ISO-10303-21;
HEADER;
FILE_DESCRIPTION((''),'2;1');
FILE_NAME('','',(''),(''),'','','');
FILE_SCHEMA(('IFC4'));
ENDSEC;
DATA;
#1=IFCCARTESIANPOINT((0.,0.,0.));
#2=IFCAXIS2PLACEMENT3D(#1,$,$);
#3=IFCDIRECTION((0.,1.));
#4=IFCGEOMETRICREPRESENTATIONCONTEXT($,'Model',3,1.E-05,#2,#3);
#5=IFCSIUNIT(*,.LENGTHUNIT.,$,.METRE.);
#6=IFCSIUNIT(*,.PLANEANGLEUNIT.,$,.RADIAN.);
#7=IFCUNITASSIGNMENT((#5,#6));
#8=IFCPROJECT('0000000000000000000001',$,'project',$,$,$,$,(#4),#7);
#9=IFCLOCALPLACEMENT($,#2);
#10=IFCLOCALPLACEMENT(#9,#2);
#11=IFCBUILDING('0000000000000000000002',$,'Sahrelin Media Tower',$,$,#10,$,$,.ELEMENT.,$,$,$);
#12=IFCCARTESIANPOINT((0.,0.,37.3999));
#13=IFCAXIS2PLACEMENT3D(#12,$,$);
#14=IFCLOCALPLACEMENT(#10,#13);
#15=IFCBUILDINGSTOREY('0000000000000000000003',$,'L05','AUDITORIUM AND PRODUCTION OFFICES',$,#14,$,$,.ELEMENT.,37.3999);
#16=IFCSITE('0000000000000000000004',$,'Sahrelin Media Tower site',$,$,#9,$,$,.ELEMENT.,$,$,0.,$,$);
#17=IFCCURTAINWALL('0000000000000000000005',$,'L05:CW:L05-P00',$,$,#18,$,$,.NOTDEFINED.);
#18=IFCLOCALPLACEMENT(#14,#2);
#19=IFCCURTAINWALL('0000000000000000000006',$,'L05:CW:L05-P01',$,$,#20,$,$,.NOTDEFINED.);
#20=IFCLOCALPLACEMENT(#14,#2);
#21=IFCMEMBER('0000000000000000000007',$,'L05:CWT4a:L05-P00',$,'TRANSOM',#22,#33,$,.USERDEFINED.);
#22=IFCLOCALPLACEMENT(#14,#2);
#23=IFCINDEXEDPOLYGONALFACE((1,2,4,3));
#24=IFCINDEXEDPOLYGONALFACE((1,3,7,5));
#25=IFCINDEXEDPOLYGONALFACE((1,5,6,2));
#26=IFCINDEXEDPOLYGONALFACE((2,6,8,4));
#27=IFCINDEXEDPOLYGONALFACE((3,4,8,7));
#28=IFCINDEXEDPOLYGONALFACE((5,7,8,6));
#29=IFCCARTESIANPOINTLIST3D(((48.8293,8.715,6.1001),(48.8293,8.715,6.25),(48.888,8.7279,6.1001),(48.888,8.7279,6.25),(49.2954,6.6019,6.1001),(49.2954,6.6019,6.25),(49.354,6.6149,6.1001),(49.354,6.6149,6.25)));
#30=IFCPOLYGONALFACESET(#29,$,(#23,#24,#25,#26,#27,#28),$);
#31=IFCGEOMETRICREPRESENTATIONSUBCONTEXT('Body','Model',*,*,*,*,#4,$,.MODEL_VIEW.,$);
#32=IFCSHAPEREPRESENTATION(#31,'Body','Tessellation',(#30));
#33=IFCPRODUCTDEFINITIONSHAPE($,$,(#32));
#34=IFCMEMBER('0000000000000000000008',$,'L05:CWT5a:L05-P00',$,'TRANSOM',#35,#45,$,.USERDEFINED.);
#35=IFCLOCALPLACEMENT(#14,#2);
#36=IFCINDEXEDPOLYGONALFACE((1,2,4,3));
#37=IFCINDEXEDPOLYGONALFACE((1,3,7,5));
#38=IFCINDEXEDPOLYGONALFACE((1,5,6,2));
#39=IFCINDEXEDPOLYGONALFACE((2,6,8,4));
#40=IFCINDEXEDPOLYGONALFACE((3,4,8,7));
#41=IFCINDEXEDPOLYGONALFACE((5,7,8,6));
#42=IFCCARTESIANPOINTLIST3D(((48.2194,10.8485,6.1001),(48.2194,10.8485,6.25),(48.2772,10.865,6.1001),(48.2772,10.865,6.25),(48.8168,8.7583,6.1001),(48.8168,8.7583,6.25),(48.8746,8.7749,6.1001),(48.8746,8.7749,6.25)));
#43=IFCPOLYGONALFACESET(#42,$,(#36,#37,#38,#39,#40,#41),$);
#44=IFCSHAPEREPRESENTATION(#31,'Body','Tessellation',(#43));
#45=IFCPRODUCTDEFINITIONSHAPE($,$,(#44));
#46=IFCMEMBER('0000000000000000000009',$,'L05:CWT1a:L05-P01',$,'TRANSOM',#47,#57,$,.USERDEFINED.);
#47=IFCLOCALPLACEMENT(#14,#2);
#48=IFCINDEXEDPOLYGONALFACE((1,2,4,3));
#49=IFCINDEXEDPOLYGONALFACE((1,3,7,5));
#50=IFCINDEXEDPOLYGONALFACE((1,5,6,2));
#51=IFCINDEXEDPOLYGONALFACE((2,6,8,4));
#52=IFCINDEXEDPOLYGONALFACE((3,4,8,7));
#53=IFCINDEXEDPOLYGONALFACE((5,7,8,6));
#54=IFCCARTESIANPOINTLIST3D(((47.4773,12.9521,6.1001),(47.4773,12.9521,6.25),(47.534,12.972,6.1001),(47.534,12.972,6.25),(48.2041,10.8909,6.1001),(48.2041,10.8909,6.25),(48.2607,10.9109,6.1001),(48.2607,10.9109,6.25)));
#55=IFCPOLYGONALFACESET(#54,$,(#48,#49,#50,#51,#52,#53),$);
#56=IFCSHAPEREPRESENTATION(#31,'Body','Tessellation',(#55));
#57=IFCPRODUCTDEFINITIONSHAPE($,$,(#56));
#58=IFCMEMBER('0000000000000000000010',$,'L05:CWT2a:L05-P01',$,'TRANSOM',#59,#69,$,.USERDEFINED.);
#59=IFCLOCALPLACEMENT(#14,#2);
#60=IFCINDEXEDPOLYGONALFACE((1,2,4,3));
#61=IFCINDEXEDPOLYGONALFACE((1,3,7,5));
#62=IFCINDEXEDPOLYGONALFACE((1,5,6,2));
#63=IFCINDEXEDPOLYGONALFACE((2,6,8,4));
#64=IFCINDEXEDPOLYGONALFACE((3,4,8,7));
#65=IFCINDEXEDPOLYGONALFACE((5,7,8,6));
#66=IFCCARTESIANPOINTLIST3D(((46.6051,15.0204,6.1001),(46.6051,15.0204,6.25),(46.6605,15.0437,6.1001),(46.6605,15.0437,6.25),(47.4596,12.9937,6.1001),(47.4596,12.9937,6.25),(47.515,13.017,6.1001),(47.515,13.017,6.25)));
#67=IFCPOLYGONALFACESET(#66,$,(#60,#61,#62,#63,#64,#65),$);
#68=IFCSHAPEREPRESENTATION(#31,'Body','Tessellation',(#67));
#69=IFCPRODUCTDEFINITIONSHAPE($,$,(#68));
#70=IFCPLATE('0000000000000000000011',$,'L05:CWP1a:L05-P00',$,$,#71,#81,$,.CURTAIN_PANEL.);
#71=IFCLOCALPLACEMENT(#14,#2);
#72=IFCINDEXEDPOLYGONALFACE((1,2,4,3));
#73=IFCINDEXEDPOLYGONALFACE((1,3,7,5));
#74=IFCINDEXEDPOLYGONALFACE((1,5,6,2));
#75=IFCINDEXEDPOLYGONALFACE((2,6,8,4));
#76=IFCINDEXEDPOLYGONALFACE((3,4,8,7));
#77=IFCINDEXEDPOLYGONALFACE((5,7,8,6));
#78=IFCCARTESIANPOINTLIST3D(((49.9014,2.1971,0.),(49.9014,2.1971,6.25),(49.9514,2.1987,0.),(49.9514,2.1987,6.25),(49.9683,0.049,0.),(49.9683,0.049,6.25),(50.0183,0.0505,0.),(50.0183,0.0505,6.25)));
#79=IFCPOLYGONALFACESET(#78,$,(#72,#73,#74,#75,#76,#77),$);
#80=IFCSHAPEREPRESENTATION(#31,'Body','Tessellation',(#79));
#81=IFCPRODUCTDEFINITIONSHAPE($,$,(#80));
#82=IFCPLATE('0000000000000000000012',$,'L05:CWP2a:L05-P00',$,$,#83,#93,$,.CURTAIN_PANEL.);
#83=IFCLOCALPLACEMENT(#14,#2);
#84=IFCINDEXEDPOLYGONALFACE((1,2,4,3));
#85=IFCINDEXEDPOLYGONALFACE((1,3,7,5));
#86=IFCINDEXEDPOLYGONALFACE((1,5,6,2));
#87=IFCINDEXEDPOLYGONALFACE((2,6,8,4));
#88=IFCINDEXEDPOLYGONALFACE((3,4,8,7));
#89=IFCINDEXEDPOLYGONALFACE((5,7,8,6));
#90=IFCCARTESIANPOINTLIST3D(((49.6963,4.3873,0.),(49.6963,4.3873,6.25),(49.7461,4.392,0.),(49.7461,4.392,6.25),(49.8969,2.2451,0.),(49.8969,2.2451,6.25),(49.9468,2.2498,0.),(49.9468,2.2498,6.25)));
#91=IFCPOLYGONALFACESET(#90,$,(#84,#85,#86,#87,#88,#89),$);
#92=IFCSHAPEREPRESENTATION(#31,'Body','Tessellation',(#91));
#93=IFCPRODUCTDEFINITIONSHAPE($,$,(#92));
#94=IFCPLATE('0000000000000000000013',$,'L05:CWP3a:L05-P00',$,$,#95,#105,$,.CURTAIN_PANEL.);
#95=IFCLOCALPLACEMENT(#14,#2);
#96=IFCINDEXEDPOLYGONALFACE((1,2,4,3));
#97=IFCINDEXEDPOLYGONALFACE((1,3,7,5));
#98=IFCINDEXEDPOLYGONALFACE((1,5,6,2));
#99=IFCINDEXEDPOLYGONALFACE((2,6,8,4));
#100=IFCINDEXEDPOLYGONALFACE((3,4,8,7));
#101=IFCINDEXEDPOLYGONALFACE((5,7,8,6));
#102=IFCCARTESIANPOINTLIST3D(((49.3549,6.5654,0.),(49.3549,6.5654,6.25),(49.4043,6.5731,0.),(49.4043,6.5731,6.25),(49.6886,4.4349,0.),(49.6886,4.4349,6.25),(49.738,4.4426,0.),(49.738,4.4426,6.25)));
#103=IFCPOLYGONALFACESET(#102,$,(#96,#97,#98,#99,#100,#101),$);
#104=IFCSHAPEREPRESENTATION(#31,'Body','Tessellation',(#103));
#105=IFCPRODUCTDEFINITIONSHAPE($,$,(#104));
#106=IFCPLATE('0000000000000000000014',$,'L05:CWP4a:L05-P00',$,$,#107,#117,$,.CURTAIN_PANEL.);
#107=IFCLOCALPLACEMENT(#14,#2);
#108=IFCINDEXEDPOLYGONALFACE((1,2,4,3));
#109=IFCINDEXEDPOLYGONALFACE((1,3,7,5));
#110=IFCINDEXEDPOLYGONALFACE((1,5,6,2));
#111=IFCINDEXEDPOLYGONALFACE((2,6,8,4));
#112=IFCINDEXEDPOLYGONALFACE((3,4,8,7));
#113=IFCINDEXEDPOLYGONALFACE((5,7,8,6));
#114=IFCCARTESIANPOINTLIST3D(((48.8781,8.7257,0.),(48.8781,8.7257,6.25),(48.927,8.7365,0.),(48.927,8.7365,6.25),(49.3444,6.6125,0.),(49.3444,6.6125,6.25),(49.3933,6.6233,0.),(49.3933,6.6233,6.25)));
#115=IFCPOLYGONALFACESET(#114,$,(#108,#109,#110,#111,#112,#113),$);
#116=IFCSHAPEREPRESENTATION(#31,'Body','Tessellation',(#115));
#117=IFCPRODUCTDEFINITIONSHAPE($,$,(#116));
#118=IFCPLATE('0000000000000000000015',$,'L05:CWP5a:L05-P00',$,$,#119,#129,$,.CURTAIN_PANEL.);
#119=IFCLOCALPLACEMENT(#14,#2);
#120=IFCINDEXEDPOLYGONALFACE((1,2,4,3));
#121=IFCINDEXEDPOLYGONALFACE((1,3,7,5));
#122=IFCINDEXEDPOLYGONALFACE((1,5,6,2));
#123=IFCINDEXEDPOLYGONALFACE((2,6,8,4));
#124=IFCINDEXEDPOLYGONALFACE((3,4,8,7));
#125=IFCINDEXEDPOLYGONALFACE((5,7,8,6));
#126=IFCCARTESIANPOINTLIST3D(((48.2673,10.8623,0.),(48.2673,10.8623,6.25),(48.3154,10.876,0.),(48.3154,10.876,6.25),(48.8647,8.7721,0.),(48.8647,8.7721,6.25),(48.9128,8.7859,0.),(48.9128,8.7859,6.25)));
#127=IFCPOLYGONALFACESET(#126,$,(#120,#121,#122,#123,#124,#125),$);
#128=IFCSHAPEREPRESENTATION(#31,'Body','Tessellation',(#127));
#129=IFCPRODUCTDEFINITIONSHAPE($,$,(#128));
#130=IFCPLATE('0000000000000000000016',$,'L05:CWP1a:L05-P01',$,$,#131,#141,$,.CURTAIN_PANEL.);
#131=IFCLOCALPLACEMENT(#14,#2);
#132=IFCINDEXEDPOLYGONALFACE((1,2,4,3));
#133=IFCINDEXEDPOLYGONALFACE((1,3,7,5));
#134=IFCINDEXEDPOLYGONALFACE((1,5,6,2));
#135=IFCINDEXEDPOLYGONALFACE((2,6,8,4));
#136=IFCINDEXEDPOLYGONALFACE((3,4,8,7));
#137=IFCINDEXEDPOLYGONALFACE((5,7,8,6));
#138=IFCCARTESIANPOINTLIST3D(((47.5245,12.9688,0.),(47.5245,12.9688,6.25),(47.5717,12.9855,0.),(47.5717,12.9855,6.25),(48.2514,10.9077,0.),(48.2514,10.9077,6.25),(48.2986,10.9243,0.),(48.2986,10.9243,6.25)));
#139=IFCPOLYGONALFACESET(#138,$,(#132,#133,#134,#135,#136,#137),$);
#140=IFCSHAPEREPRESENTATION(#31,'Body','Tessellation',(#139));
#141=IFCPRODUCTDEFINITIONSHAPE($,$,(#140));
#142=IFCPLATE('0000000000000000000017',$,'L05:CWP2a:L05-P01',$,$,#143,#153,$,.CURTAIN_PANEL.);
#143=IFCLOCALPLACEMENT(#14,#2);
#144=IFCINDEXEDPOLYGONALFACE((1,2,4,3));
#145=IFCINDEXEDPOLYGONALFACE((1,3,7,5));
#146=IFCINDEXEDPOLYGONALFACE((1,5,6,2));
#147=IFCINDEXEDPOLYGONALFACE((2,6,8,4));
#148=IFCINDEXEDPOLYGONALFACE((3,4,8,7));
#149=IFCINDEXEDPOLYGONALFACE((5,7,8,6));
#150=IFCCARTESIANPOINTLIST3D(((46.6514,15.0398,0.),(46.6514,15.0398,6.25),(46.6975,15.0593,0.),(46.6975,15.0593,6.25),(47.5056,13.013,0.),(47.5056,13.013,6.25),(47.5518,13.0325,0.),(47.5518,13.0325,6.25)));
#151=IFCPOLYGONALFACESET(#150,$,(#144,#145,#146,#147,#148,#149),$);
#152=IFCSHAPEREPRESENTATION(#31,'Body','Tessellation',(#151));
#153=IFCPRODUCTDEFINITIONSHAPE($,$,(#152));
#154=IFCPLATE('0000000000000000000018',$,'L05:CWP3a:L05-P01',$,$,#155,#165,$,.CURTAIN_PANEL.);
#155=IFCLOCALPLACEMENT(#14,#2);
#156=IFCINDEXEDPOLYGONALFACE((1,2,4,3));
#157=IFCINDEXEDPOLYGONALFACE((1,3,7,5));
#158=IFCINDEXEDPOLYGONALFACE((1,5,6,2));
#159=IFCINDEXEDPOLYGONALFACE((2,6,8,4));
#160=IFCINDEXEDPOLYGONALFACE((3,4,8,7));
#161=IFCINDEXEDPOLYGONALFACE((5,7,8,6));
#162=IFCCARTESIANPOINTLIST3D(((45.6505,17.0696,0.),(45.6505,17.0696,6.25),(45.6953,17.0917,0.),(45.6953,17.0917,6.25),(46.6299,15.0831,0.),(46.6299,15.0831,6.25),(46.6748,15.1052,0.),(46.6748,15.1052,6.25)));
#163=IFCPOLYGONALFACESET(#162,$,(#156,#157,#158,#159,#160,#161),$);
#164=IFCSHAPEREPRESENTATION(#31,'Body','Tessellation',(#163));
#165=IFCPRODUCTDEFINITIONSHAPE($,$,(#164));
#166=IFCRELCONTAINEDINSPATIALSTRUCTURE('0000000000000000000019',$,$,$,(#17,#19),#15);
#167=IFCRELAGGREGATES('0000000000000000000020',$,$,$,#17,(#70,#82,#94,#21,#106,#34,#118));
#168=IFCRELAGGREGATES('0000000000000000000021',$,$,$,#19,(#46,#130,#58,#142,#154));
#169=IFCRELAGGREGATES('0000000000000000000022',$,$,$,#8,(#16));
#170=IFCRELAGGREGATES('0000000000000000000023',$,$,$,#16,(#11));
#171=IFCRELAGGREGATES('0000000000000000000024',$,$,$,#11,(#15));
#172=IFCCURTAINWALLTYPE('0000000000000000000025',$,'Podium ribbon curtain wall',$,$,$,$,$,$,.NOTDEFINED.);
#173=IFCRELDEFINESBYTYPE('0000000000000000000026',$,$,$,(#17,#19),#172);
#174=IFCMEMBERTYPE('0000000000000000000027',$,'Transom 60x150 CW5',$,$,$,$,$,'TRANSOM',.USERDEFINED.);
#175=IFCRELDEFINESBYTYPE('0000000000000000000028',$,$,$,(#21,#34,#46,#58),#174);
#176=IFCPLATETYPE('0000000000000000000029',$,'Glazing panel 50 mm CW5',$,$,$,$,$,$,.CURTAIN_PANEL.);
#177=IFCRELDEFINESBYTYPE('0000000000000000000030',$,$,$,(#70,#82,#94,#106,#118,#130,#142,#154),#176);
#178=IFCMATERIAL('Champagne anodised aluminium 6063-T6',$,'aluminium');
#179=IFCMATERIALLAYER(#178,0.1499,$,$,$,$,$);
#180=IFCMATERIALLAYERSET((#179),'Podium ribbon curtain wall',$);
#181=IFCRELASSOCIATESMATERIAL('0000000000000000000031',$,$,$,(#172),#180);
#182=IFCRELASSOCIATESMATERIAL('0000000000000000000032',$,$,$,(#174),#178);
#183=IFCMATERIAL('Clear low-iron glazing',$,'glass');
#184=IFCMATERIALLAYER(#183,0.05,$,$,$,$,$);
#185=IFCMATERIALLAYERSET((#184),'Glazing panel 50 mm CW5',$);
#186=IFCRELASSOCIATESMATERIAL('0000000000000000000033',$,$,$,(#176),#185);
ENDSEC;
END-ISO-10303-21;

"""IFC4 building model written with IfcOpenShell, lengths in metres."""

from ifc_helpers import new_model, si_unit, direction, frame, origin, origin_2d, place, context, subcontext, project, spatial, polyline, rectangle, outline, extrude, material, layer, layer_set, material_profile, profile_set, type_object, element, aggregate, save


model = new_model("IFC4")

# Units and contexts
model_context = context("Model", 3, precision=1e-05, world=origin(), true_north=direction((0.0, 1.0)))
body_context = subcontext(model_context, "Body", "Model", "MODEL_VIEW")
ifc_project = project(units=[si_unit("LENGTHUNIT", "METRE"), si_unit("PLANEANGLEUNIT", "RADIAN")], contexts=[model_context])

# Site, building, storey
site_placement = place(None, origin())
site = spatial("IfcSite", under=ifc_project, at=site_placement, Name="Sahrelin Media Tower site", CompositionType="ELEMENT", RefElevation=0.0)
building_placement = place(site_placement, origin())
building = spatial("IfcBuilding", under=site, at=building_placement, Name="Sahrelin Media Tower", CompositionType="ELEMENT")
storey_placement = place(building_placement, frame((0.0, 0.0, 37.3999)))
storey = spatial("IfcBuildingStorey", under=building, at=storey_placement, Name="L05", Description="AUDITORIUM AND PRODUCTION OFFICES", CompositionType="ELEMENT", Elevation=37.3999)

# Curtain walls
ifc_material_1 = material(Name="Champagne anodised aluminium 6063-T6", Category="aluminium")
ifc_layer_1 = layer(ifc_material_1, 0.1499)
ifc_layer_set_1 = layer_set([ifc_layer_1], Name="Podium ribbon curtain wall")
curtain_wall_type = type_object("IfcCurtainWallType", Name="Podium ribbon curtain wall", PredefinedType="NOTDEFINED", material=ifc_layer_set_1)
curtain_wall_1_placement = place(storey_placement, frame((50.0, 0.0, 0.0), z_axis=(0.0, 0.0, 1.0), x_axis=(1.0, 0.0, 0.0)))
curtain_wall_1 = element("IfcCurtainWall", 1, at=curtain_wall_1_placement, inside=storey, type_object=curtain_wall_type, Name="L05:CW:L05-P00", PredefinedType="NOTDEFINED")
curtain_wall_2_placement = place(storey_placement, frame((48.2964, 10.8704, 0.0), z_axis=(0.0, 0.0, 1.0), x_axis=(1.0, 0.0, 0.0)))
curtain_wall_2 = element("IfcCurtainWall", 2, at=curtain_wall_2_placement, inside=storey, type_object=curtain_wall_type, Name="L05:CW:L05-P01", PredefinedType="NOTDEFINED")

# Members
ifc_material_profile_1 = material_profile(ifc_material_1, rectangle(XDim=0.0601, YDim=0.1499, at=origin_2d()), Name="Transom 60x150")
ifc_profile_set_1 = profile_set([ifc_material_profile_1], Name="Champagne anodised aluminium 6063-T6")
member_type_1 = type_object("IfcMemberType", Name="Transom 60x150 CW5", ElementType="TRANSOM", PredefinedType="USERDEFINED", material=ifc_profile_set_1)
member_1_placement = place(storey_placement, frame((49.3247, 6.6084, 6.175), z_axis=(-0.215389, 0.976528, 0.0), x_axis=(-0.976528, -0.215389, 0.0)))
member_1 = element("IfcMember", 3, at=member_1_placement, type_object=member_type_1, Name="L05:CWT4a:L05-P00", ObjectType="TRANSOM", PredefinedType="USERDEFINED", context=body_context, shape_type="SweptSolid", body=[
    extrude(rectangle(XDim=0.0601, YDim=0.1499, at=origin_2d()), origin(), (0.0, 0.0, 1.0), 2.1638),
])
member_2_placement = place(storey_placement, frame((48.8457, 8.7666, 6.175), z_axis=(-0.274825, 0.961494, 0.0), x_axis=(-0.961494, -0.274825, 0.0)))
member_2 = element("IfcMember", 4, at=member_2_placement, type_object=member_type_1, Name="L05:CWT5a:L05-P00", ObjectType="TRANSOM", PredefinedType="USERDEFINED", context=body_context, shape_type="SweptSolid", body=[
    extrude(rectangle(XDim=0.0601, YDim=0.1499, at=origin_2d()), origin(), (0.0, 0.0, 1.0), 2.1738),
])
member_3_placement = place(storey_placement, frame((48.2324, 10.9009, 6.175), z_axis=(-0.332534, 0.943091, 0.0), x_axis=(-0.943091, -0.332534, 0.0)))
member_3 = element("IfcMember", 5, at=member_3_placement, type_object=member_type_1, Name="L05:CWT1a:L05-P01", ObjectType="TRANSOM", PredefinedType="USERDEFINED", context=body_context, shape_type="SweptSolid", body=[
    extrude(rectangle(XDim=0.0601, YDim=0.1499, at=origin_2d()), origin(), (0.0, 0.0, 1.0), 2.1855),
])
member_4_placement = place(storey_placement, frame((47.4873, 13.0054, 6.175), z_axis=(-0.388514, 0.921443, 0.0), x_axis=(-0.921443, -0.388514, 0.0)))
member_4 = element("IfcMember", 6, at=member_4_placement, type_object=member_type_1, Name="L05:CWT2a:L05-P01", ObjectType="TRANSOM", PredefinedType="USERDEFINED", context=body_context, shape_type="SweptSolid", body=[
    extrude(rectangle(XDim=0.0601, YDim=0.1499, at=origin_2d()), origin(), (0.0, 0.0, 1.0), 2.1995),
])

# Plates
ifc_material_2 = material(Name="Clear low-iron glazing", Category="glass")
ifc_layer_2 = layer(ifc_material_2, 0.05)
ifc_layer_set_2 = layer_set([ifc_layer_2], Name="Glazing panel 50 mm CW5")
plate_type = type_object("IfcPlateType", Name="Glazing panel 50 mm CW5", PredefinedType="CURTAIN_PANEL", material=ifc_layer_set_2)
plate_1_placement = place(storey_placement, frame((50.0183, 0.0505, 0.0), z_axis=(0.999516, 0.031125, 0.0), x_axis=(-0.031125, 0.999516, 0.0)))
plate_1 = element("IfcPlate", 7, at=plate_1_placement, type_object=plate_type, Name="L05:CWP1a:L05-P00", PredefinedType="CURTAIN_PANEL", context=body_context, shape_type="SweptSolid", body=[
    extrude(outline(polyline([(0.0, 0.0), (2.1492, 0.0), (2.1492, 6.25), (0.0, 6.25), (0.0, 0.0)])), origin(), (0.0, 0.0, -1.0), 0.05),
])
plate_2_placement = place(storey_placement, frame((49.9468, 2.2498, 0.0), z_axis=(0.995641, 0.093267, 0.0), x_axis=(-0.093267, 0.995641, 0.0)))
plate_2 = element("IfcPlate", 8, at=plate_2_placement, type_object=plate_type, Name="L05:CWP2a:L05-P00", PredefinedType="CURTAIN_PANEL", context=body_context, shape_type="SweptSolid", body=[
    extrude(outline(polyline([(0.0, 0.0), (2.1516, 0.0), (2.1516, 6.25), (0.0, 6.25), (0.0, 0.0)])), origin(), (0.0, 0.0, -1.0), 0.05),
])
plate_3_placement = place(storey_placement, frame((49.738, 4.4426, 0.0), z_axis=(0.987953, 0.154753, 0.0), x_axis=(-0.154753, 0.987953, 0.0)))
plate_3 = element("IfcPlate", 9, at=plate_3_placement, type_object=plate_type, Name="L05:CWP3a:L05-P00", PredefinedType="CURTAIN_PANEL", context=body_context, shape_type="SweptSolid", body=[
    extrude(outline(polyline([(0.0, 0.0), (2.1565, 0.0), (2.1565, 6.25), (0.0, 6.25), (0.0, 0.0)])), origin(), (0.0, 0.0, -1.0), 0.05),
])
plate_4_placement = place(storey_placement, frame((49.3933, 6.6233, 0.0), z_axis=(0.97651, 0.215473, 0.0), x_axis=(-0.215473, 0.97651, 0.0)))
plate_4 = element("IfcPlate", 10, at=plate_4_placement, type_object=plate_type, Name="L05:CWP4a:L05-P00", PredefinedType="CURTAIN_PANEL", context=body_context, shape_type="SweptSolid", body=[
    extrude(outline(polyline([(0.0, 0.0), (2.1641, 0.0), (2.1641, 6.25), (0.0, 6.25), (0.0, 0.0)])), origin(), (0.0, 0.0, -1.0), 0.05),
])
plate_5_placement = place(storey_placement, frame((48.9128, 8.7859, 0.0), z_axis=(0.961494, 0.274825, 0.0), x_axis=(-0.274825, 0.961494, 0.0)))
plate_5 = element("IfcPlate", 11, at=plate_5_placement, type_object=plate_type, Name="L05:CWP5a:L05-P00", PredefinedType="CURTAIN_PANEL", context=body_context, shape_type="SweptSolid", body=[
    extrude(outline(polyline([(0.0, 0.0), (2.1738, 0.0), (2.1738, 6.25), (0.0, 6.25), (0.0, 0.0)])), origin(), (0.0, 0.0, -1.0), 0.05),
])
aggregate(curtain_wall_1, [plate_1, plate_2, plate_3, member_1, plate_4, member_2, plate_5])
plate_6_placement = place(storey_placement, frame((48.2986, 10.9243, 0.0), z_axis=(0.943079, 0.332569, 0.0), x_axis=(-0.332569, 0.943079, 0.0)))
plate_6 = element("IfcPlate", 12, at=plate_6_placement, type_object=plate_type, Name="L05:CWP1a:L05-P01", PredefinedType="CURTAIN_PANEL", context=body_context, shape_type="SweptSolid", body=[
    extrude(outline(polyline([(0.0, 0.0), (2.1855, 0.0), (2.1855, 6.25), (0.0, 6.25), (0.0, 0.0)])), origin(), (0.0, 0.0, -1.0), 0.05),
])
plate_7_placement = place(storey_placement, frame((47.5518, 13.0325, 0.0), z_axis=(0.9215, 0.38838, 0.0), x_axis=(-0.38838, 0.9215, 0.0)))
plate_7 = element("IfcPlate", 13, at=plate_7_placement, type_object=plate_type, Name="L05:CWP2a:L05-P01", PredefinedType="CURTAIN_PANEL", context=body_context, shape_type="SweptSolid", body=[
    extrude(outline(polyline([(0.0, 0.0), (2.1995, 0.0), (2.1995, 6.25), (0.0, 6.25), (0.0, 0.0)])), origin(), (0.0, 0.0, -1.0), 0.05),
])
plate_8_placement = place(storey_placement, frame((46.6748, 15.1052, 0.0), z_axis=(0.896904, 0.442224, 0.0), x_axis=(-0.442224, 0.896904, 0.0)))
plate_8 = element("IfcPlate", 14, at=plate_8_placement, type_object=plate_type, Name="L05:CWP3a:L05-P01", PredefinedType="CURTAIN_PANEL", context=body_context, shape_type="SweptSolid", body=[
    extrude(outline(polyline([(0.0, 0.0), (2.2148, 0.0), (2.2148, 6.25), (0.0, 6.25), (0.0, 0.0)])), origin(), (0.0, 0.0, -1.0), 0.05),
])
aggregate(curtain_wall_2, [member_3, plate_6, member_4, plate_7, plate_8])

save(model, "model.ifc")
